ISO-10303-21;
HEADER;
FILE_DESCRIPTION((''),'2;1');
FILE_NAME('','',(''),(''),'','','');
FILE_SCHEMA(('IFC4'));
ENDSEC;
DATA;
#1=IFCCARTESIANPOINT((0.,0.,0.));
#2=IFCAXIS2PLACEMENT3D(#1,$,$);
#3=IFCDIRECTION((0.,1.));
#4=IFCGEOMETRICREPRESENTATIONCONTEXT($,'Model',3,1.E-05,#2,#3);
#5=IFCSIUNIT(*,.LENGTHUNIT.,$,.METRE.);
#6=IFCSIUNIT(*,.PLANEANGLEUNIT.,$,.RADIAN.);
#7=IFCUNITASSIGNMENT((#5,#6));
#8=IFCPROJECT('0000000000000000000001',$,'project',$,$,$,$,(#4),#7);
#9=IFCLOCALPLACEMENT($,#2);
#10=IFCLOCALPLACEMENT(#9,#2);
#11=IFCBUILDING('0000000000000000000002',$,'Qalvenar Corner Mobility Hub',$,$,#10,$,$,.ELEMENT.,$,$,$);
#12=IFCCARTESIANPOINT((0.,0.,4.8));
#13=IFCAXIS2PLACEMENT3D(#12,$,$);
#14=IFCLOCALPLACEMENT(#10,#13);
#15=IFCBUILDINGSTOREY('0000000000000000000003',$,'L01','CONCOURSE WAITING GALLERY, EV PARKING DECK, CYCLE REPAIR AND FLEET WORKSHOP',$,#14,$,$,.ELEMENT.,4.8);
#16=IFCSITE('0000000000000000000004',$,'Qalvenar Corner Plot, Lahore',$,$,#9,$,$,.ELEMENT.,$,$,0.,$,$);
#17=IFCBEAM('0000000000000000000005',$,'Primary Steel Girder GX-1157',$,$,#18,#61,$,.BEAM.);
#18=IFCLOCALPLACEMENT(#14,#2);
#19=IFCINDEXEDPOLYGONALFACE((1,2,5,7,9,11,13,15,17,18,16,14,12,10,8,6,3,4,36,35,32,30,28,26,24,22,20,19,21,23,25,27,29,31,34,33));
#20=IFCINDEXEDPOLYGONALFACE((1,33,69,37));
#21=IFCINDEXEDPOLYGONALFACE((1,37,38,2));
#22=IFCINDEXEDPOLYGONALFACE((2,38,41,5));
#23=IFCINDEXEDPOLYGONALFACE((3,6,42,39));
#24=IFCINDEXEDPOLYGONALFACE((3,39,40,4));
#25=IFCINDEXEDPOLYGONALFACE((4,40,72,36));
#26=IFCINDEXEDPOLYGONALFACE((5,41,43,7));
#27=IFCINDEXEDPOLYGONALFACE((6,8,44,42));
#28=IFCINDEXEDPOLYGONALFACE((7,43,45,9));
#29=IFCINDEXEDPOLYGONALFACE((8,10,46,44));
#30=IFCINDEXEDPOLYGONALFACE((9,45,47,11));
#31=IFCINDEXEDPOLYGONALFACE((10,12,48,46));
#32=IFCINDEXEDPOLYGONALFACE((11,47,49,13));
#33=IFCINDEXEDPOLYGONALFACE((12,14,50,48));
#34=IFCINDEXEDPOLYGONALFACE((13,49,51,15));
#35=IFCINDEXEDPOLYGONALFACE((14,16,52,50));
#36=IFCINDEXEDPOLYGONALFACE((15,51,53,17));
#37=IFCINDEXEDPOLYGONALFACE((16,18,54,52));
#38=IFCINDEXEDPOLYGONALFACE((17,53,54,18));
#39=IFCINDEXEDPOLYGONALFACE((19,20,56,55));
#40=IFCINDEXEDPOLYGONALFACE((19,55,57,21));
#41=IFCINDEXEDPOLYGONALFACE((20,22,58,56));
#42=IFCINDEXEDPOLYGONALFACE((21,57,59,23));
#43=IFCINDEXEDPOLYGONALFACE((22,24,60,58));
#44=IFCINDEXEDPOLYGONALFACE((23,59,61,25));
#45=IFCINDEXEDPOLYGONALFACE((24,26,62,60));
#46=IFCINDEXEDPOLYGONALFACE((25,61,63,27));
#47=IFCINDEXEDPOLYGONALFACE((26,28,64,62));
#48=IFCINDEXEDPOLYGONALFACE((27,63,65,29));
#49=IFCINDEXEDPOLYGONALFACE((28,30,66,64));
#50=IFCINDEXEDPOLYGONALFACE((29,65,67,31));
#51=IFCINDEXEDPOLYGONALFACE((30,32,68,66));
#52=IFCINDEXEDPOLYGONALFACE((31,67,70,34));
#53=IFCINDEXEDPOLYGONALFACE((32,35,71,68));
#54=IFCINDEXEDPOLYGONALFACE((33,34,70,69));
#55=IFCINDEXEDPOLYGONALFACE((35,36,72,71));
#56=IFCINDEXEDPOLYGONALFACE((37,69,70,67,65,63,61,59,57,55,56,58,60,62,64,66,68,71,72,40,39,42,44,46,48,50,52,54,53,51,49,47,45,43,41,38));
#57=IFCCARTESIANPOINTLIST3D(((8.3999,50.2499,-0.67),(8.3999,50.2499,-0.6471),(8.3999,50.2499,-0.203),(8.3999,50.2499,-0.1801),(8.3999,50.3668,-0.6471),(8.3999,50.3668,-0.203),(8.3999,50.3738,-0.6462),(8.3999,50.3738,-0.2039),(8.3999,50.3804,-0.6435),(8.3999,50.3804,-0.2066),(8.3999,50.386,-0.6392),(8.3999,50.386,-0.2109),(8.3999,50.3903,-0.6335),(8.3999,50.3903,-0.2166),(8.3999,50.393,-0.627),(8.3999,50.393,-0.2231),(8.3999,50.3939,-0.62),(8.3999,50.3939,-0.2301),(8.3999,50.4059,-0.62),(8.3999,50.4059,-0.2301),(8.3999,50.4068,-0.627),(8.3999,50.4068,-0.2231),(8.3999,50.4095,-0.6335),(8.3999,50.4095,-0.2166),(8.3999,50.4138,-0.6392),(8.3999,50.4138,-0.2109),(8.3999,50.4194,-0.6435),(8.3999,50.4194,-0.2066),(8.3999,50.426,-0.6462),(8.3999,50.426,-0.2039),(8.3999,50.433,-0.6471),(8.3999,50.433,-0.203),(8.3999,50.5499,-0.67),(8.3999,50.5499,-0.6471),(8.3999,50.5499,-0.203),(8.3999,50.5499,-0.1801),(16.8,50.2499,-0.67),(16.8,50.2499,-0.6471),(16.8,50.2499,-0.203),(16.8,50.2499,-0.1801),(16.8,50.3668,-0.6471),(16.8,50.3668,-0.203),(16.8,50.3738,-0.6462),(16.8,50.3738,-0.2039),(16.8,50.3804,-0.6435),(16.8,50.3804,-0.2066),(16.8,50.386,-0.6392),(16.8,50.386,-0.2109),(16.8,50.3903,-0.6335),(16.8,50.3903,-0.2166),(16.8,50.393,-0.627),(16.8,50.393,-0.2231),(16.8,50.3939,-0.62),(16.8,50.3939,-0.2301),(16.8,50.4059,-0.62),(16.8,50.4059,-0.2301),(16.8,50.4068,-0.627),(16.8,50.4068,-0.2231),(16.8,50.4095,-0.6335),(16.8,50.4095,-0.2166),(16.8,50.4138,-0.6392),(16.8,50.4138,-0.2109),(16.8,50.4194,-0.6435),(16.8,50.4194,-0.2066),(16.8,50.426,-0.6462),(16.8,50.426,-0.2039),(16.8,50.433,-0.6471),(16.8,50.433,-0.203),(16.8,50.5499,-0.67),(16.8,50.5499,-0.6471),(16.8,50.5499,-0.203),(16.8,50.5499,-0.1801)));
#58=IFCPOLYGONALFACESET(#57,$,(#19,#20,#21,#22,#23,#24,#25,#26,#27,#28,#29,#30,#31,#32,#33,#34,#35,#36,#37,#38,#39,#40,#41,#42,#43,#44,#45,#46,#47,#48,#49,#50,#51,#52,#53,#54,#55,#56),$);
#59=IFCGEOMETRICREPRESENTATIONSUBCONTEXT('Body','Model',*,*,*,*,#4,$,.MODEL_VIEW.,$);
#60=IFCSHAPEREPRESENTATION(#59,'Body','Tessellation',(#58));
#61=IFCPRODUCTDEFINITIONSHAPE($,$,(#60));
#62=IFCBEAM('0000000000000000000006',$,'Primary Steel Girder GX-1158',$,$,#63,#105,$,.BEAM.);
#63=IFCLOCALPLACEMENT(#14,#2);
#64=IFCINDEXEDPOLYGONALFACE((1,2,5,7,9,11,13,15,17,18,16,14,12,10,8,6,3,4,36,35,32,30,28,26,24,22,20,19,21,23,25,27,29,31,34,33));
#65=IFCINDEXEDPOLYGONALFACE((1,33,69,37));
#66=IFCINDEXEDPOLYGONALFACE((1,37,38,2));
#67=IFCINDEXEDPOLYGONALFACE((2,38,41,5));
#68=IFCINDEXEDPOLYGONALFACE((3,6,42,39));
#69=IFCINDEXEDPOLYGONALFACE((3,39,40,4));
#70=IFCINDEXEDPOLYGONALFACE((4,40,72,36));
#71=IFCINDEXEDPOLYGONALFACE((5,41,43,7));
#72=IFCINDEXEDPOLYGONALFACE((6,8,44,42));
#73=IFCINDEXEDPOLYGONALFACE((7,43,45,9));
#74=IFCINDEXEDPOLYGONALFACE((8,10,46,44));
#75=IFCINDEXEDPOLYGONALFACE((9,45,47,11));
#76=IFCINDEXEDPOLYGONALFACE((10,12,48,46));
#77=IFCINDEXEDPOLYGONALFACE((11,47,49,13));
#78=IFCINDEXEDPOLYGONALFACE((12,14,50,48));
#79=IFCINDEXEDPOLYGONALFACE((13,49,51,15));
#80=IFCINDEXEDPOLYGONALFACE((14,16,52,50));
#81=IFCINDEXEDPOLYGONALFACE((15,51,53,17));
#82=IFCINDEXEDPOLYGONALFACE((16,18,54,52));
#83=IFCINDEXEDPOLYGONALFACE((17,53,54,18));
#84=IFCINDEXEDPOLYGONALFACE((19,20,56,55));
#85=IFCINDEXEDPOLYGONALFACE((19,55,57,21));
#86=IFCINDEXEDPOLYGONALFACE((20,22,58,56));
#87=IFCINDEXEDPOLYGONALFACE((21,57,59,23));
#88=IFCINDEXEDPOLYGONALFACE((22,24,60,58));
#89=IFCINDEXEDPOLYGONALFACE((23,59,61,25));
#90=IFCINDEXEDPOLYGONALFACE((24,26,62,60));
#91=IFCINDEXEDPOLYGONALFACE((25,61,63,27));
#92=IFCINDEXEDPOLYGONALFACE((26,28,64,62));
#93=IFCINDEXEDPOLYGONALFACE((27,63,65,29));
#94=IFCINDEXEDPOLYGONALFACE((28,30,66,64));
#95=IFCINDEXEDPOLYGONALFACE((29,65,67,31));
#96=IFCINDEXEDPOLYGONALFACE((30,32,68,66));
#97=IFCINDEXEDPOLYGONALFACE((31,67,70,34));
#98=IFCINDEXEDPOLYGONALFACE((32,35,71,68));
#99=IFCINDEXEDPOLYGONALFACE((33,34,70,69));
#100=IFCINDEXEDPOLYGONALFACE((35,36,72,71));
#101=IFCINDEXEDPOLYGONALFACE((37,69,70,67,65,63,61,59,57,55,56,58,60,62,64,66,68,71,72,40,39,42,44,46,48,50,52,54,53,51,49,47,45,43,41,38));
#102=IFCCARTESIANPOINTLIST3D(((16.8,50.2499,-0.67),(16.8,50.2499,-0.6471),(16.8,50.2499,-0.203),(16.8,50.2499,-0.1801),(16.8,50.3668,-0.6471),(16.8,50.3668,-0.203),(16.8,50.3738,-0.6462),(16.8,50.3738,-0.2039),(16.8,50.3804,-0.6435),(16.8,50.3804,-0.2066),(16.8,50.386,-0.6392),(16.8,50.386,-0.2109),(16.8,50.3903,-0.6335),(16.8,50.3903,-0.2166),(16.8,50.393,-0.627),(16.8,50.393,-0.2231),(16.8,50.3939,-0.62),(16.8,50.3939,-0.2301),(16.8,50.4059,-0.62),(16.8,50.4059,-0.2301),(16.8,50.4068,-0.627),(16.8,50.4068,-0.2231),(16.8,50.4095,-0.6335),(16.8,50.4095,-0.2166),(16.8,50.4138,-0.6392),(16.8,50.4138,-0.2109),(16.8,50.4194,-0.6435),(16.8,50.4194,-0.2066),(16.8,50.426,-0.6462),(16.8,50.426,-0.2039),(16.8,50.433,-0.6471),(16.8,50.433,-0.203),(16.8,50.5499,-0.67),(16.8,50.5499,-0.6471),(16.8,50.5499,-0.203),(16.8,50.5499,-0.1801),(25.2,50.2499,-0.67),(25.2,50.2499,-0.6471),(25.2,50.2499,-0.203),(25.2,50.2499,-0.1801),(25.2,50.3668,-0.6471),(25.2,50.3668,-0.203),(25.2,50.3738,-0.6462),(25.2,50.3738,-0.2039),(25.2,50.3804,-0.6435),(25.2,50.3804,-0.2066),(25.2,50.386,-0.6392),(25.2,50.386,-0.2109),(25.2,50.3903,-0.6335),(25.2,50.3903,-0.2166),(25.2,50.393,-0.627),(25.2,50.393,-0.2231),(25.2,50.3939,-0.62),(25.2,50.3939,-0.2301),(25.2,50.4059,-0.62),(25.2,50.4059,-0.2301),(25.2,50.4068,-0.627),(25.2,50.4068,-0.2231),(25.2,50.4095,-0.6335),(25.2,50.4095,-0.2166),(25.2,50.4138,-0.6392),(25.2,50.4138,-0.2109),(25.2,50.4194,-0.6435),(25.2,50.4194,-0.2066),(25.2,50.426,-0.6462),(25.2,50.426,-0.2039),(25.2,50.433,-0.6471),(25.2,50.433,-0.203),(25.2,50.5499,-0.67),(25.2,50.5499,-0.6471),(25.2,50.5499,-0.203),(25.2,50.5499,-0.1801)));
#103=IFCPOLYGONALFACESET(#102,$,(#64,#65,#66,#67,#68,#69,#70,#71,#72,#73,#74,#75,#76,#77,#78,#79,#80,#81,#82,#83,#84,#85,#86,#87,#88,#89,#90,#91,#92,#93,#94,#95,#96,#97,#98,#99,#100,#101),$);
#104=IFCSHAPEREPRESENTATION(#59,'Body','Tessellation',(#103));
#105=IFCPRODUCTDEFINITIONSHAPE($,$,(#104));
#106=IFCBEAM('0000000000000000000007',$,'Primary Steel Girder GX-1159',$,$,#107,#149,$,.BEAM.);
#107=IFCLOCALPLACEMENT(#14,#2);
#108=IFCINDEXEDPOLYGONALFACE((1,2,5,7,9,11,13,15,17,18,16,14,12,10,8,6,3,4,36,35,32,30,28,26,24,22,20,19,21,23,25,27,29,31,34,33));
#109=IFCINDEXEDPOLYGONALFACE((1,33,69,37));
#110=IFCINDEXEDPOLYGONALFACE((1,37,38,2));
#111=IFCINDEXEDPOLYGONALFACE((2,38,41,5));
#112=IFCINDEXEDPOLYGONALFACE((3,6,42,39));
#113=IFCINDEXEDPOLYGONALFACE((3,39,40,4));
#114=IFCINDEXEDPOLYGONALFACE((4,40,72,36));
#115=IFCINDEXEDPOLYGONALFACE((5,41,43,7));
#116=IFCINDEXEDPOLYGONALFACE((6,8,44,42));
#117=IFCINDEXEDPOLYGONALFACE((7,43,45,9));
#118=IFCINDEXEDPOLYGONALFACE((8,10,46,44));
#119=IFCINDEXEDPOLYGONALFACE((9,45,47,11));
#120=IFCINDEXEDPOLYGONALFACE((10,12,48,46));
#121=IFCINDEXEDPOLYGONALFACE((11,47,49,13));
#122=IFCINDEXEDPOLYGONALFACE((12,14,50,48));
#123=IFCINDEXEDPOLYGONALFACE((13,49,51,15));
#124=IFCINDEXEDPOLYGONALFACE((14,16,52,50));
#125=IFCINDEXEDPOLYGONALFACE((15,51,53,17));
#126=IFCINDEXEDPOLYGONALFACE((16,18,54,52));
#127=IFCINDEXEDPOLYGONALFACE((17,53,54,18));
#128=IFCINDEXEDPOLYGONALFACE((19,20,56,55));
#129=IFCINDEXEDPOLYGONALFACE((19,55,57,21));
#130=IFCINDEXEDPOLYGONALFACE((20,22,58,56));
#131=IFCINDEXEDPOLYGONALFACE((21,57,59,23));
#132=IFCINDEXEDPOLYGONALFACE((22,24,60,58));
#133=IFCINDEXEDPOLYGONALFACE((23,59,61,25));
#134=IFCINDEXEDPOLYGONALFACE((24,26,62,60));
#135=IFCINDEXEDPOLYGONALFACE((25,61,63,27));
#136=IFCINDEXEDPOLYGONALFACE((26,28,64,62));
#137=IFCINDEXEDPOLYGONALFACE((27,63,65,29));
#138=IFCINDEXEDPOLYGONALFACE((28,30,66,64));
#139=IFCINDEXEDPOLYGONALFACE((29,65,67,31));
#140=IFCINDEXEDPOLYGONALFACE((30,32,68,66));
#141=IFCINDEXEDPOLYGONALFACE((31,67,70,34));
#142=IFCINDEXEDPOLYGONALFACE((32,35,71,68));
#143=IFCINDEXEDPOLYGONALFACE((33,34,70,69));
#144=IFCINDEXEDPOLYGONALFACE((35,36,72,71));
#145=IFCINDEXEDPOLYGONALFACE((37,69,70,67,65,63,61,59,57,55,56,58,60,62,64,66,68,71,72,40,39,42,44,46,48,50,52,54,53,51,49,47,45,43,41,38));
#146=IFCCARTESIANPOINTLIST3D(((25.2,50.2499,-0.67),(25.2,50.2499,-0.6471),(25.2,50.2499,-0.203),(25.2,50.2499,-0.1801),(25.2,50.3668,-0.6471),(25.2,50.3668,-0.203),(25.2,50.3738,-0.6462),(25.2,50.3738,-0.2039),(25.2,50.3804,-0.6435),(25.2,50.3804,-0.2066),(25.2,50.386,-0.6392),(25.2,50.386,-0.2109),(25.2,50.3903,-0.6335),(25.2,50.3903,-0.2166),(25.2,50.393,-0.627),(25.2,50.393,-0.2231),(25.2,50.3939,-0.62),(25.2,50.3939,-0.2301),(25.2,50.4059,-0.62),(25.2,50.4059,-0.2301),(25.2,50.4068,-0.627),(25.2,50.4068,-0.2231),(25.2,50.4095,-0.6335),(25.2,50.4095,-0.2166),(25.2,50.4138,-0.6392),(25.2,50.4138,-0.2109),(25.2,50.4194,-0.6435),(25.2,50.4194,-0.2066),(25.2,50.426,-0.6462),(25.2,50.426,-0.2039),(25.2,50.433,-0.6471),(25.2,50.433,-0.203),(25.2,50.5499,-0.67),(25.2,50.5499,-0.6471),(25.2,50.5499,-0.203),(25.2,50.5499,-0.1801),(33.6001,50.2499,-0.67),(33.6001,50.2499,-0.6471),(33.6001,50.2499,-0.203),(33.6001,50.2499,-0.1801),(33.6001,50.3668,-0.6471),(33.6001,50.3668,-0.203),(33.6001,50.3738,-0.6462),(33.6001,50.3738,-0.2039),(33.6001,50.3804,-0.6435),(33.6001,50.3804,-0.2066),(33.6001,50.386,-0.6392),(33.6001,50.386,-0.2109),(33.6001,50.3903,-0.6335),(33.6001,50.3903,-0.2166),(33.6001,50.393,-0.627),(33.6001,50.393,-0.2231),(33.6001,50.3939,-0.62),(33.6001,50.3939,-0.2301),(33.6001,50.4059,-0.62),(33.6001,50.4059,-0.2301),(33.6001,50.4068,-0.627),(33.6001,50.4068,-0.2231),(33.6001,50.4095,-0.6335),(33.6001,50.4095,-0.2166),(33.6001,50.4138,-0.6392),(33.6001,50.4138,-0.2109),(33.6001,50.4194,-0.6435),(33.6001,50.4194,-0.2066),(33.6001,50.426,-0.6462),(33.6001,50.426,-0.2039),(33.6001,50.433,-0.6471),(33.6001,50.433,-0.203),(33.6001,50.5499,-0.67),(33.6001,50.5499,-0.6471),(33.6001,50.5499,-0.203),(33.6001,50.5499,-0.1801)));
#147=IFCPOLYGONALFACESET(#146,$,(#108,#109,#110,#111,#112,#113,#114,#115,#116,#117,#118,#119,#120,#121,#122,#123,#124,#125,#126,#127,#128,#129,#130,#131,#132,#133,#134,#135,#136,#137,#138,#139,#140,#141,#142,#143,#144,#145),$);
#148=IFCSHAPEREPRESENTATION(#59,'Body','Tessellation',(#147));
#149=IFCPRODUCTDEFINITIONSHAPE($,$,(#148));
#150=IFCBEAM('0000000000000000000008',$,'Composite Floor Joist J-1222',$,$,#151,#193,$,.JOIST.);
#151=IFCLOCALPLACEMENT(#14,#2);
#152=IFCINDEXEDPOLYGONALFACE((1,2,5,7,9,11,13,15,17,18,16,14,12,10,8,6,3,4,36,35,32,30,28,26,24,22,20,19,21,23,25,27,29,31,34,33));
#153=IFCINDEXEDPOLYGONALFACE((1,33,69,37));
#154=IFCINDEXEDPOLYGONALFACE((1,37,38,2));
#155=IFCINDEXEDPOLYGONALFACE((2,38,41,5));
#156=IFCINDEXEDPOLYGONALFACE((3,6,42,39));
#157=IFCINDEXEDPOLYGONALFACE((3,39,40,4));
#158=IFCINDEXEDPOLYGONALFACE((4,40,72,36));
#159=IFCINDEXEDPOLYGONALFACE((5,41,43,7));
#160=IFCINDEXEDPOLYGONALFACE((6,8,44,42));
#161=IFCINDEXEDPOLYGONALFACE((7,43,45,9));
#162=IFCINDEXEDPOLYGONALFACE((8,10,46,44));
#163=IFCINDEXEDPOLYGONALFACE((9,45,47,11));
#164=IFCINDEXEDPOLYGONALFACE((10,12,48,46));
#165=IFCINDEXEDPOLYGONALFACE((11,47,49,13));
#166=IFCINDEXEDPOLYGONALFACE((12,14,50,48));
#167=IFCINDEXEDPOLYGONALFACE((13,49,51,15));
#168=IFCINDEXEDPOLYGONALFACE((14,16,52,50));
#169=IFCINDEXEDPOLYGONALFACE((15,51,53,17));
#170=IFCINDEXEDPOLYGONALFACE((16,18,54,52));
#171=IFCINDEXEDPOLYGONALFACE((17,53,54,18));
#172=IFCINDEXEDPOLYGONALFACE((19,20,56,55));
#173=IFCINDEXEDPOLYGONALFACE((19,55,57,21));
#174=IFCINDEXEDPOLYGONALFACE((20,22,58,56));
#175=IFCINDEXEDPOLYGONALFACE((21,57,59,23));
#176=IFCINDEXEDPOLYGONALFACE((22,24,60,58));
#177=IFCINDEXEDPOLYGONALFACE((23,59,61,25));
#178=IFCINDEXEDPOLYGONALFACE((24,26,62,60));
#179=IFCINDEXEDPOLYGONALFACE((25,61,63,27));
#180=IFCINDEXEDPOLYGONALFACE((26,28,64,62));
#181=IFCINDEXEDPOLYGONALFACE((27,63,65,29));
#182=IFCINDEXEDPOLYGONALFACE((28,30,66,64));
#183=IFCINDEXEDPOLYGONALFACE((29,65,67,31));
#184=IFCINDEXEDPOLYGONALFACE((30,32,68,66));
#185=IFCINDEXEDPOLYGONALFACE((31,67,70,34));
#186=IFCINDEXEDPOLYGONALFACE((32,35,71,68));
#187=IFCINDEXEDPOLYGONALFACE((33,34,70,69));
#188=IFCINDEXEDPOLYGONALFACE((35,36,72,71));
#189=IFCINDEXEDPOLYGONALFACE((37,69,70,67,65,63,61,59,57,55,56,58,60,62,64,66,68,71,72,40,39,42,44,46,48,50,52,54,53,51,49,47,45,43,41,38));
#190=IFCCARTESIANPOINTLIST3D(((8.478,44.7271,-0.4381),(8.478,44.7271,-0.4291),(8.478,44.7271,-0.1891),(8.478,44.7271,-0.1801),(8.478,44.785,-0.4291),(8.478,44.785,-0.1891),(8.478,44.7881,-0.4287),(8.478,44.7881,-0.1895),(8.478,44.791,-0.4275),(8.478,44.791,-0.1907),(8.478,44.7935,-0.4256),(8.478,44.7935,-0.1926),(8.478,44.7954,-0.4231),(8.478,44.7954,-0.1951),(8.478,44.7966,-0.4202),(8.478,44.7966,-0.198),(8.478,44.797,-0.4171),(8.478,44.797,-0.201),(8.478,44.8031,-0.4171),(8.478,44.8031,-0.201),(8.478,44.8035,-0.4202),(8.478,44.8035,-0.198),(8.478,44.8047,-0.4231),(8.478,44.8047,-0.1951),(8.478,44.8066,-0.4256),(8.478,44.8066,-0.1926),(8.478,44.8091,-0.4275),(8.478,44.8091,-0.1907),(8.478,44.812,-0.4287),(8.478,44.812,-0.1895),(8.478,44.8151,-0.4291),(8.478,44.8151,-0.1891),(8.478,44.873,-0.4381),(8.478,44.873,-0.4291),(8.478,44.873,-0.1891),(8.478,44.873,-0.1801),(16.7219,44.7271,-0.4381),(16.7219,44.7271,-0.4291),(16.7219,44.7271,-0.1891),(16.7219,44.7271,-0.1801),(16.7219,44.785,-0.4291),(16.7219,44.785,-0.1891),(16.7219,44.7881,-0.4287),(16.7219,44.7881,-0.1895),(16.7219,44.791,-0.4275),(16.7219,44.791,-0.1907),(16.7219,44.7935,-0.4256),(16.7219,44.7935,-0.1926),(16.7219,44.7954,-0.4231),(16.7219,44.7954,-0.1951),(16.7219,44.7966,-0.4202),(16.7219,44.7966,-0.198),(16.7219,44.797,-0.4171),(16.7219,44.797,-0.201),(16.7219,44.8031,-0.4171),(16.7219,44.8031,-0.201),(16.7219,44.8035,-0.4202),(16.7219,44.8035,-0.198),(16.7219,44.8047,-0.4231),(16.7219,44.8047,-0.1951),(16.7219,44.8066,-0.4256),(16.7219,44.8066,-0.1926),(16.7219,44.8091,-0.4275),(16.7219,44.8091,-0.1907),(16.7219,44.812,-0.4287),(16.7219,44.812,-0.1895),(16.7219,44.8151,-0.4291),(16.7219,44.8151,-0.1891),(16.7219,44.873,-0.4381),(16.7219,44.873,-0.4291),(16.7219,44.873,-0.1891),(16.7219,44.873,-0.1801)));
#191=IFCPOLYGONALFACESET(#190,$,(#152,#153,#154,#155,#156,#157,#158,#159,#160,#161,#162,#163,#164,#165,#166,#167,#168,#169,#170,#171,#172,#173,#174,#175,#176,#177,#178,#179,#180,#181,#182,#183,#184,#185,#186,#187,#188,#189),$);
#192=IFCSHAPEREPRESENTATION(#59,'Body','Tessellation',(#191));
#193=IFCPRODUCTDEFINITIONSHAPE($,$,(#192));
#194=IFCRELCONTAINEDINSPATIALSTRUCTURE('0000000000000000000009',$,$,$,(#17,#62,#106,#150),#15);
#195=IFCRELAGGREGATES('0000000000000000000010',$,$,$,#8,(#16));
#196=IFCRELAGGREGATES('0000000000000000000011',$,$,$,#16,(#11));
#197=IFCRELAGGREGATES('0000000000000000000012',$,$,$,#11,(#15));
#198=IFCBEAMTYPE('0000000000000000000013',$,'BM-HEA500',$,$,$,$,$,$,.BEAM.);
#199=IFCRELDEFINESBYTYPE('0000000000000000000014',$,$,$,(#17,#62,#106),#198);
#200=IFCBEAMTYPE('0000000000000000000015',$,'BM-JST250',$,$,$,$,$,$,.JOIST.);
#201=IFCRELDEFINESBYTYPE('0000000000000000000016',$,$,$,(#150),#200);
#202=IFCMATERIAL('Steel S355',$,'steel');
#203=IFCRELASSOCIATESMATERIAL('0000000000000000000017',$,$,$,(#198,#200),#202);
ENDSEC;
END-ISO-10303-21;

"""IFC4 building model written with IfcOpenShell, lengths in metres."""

from ifc_helpers import new_model, si_unit, direction, frame, origin, origin_2d, place, context, subcontext, project, spatial, i_section, extrude, material, material_profile, profile_set, type_object, element, save


model = new_model("IFC4")

# Units and contexts
model_context = context("Model", 3, precision=1e-05, world=origin(), true_north=direction((0.0, 1.0)))
body_context = subcontext(model_context, "Body", "Model", "MODEL_VIEW")
ifc_project = project(units=[si_unit("LENGTHUNIT", "METRE"), si_unit("PLANEANGLEUNIT", "RADIAN")], contexts=[model_context])

# Site, building, storey
site_placement = place(None, origin())
site = spatial("IfcSite", under=ifc_project, at=site_placement, Name="Qalvenar Corner Plot, Lahore", CompositionType="ELEMENT", RefElevation=0.0)
building_placement = place(site_placement, origin())
building = spatial("IfcBuilding", under=site, at=building_placement, Name="Qalvenar Corner Mobility Hub", CompositionType="ELEMENT")
storey_placement = place(building_placement, frame((0.0, 0.0, 4.8)))
storey = spatial("IfcBuildingStorey", under=building, at=storey_placement, Name="L01", Description="CONCOURSE WAITING GALLERY, EV PARKING DECK, CYCLE REPAIR AND FLEET WORKSHOP", CompositionType="ELEMENT", Elevation=4.8)

# Shared definitions
ifc_material_1 = material(Name="Steel S355", Category="steel")

# Beams
ifc_material_profile_1 = material_profile(ifc_material_1, i_section(OverallWidth=0.3, OverallDepth=0.49, WebThickness=0.012, FlangeThickness=0.0229, FilletRadius=0.0271, at=origin_2d()), Name="HEA500")
ifc_profile_set_1 = profile_set([ifc_material_profile_1], Name="Steel S355")
beam_type_1 = type_object("IfcBeamType", Name="BM-HEA500", PredefinedType="BEAM", material=ifc_profile_set_1)
beam_1_placement = place(storey_placement, frame((8.3999, 50.3999, -0.425), z_axis=(1.0, 0.0, 0.0), x_axis=(0.0, 1.0, 0.0)))
element("IfcBeam", 1, at=beam_1_placement, inside=storey, type_object=beam_type_1, Name="Primary Steel Girder GX-1157", PredefinedType="BEAM", context=body_context, shape_type="SweptSolid", body=[
    extrude(i_section(OverallWidth=0.3, OverallDepth=0.49, WebThickness=0.012, FlangeThickness=0.0229, FilletRadius=0.0271, at=origin_2d()), origin(), (0.0, 0.0, 1.0), 8.4001),
])
beam_2_placement = place(storey_placement, frame((16.8, 50.3999, -0.425), z_axis=(1.0, 0.0, 0.0), x_axis=(0.0, 1.0, 0.0)))
element("IfcBeam", 2, at=beam_2_placement, inside=storey, type_object=beam_type_1, Name="Primary Steel Girder GX-1158", PredefinedType="BEAM", context=body_context, shape_type="SweptSolid", body=[
    extrude(i_section(OverallWidth=0.3, OverallDepth=0.49, WebThickness=0.012, FlangeThickness=0.0229, FilletRadius=0.0271, at=origin_2d()), origin(), (0.0, 0.0, 1.0), 8.3999),
])
beam_3_placement = place(storey_placement, frame((25.2, 50.3999, -0.425), z_axis=(1.0, 0.0, 0.0), x_axis=(0.0, 1.0, 0.0)))
element("IfcBeam", 3, at=beam_3_placement, inside=storey, type_object=beam_type_1, Name="Primary Steel Girder GX-1159", PredefinedType="BEAM", context=body_context, shape_type="SweptSolid", body=[
    extrude(i_section(OverallWidth=0.3, OverallDepth=0.49, WebThickness=0.012, FlangeThickness=0.0229, FilletRadius=0.0271, at=origin_2d()), origin(), (0.0, 0.0, 1.0), 8.4001),
])
ifc_material_profile_2 = material_profile(ifc_material_1, i_section(OverallWidth=0.146, OverallDepth=0.2581, WebThickness=0.0061, FlangeThickness=0.009, FilletRadius=0.012, at=origin_2d()), Name="W250x32.7")
ifc_profile_set_2 = profile_set([ifc_material_profile_2], Name="Steel S355")
beam_type_2 = type_object("IfcBeamType", Name="BM-JST250", PredefinedType="JOIST", material=ifc_profile_set_2)
for number, where, z_axis, x_axis, name in (
    (4, (8.478, 44.8, -0.3091), (1.0, 0.0, 0.0), (0.0, 1.0, 0.0), "Composite Floor Joist J-1222"),
):
    element("IfcBeam", number, at=place(storey_placement, frame(where, z_axis=z_axis, x_axis=x_axis)), inside=storey, type_object=beam_type_2, Name=name, PredefinedType="JOIST", context=body_context, shape_type="SweptSolid", body=[
        extrude(i_section(OverallWidth=0.146, OverallDepth=0.2581, WebThickness=0.0061, FlangeThickness=0.009, FilletRadius=0.012, at=origin_2d()), origin(), (0.0, 0.0, 1.0), 8.2439),
    ])

save(model, "model.ifc")
